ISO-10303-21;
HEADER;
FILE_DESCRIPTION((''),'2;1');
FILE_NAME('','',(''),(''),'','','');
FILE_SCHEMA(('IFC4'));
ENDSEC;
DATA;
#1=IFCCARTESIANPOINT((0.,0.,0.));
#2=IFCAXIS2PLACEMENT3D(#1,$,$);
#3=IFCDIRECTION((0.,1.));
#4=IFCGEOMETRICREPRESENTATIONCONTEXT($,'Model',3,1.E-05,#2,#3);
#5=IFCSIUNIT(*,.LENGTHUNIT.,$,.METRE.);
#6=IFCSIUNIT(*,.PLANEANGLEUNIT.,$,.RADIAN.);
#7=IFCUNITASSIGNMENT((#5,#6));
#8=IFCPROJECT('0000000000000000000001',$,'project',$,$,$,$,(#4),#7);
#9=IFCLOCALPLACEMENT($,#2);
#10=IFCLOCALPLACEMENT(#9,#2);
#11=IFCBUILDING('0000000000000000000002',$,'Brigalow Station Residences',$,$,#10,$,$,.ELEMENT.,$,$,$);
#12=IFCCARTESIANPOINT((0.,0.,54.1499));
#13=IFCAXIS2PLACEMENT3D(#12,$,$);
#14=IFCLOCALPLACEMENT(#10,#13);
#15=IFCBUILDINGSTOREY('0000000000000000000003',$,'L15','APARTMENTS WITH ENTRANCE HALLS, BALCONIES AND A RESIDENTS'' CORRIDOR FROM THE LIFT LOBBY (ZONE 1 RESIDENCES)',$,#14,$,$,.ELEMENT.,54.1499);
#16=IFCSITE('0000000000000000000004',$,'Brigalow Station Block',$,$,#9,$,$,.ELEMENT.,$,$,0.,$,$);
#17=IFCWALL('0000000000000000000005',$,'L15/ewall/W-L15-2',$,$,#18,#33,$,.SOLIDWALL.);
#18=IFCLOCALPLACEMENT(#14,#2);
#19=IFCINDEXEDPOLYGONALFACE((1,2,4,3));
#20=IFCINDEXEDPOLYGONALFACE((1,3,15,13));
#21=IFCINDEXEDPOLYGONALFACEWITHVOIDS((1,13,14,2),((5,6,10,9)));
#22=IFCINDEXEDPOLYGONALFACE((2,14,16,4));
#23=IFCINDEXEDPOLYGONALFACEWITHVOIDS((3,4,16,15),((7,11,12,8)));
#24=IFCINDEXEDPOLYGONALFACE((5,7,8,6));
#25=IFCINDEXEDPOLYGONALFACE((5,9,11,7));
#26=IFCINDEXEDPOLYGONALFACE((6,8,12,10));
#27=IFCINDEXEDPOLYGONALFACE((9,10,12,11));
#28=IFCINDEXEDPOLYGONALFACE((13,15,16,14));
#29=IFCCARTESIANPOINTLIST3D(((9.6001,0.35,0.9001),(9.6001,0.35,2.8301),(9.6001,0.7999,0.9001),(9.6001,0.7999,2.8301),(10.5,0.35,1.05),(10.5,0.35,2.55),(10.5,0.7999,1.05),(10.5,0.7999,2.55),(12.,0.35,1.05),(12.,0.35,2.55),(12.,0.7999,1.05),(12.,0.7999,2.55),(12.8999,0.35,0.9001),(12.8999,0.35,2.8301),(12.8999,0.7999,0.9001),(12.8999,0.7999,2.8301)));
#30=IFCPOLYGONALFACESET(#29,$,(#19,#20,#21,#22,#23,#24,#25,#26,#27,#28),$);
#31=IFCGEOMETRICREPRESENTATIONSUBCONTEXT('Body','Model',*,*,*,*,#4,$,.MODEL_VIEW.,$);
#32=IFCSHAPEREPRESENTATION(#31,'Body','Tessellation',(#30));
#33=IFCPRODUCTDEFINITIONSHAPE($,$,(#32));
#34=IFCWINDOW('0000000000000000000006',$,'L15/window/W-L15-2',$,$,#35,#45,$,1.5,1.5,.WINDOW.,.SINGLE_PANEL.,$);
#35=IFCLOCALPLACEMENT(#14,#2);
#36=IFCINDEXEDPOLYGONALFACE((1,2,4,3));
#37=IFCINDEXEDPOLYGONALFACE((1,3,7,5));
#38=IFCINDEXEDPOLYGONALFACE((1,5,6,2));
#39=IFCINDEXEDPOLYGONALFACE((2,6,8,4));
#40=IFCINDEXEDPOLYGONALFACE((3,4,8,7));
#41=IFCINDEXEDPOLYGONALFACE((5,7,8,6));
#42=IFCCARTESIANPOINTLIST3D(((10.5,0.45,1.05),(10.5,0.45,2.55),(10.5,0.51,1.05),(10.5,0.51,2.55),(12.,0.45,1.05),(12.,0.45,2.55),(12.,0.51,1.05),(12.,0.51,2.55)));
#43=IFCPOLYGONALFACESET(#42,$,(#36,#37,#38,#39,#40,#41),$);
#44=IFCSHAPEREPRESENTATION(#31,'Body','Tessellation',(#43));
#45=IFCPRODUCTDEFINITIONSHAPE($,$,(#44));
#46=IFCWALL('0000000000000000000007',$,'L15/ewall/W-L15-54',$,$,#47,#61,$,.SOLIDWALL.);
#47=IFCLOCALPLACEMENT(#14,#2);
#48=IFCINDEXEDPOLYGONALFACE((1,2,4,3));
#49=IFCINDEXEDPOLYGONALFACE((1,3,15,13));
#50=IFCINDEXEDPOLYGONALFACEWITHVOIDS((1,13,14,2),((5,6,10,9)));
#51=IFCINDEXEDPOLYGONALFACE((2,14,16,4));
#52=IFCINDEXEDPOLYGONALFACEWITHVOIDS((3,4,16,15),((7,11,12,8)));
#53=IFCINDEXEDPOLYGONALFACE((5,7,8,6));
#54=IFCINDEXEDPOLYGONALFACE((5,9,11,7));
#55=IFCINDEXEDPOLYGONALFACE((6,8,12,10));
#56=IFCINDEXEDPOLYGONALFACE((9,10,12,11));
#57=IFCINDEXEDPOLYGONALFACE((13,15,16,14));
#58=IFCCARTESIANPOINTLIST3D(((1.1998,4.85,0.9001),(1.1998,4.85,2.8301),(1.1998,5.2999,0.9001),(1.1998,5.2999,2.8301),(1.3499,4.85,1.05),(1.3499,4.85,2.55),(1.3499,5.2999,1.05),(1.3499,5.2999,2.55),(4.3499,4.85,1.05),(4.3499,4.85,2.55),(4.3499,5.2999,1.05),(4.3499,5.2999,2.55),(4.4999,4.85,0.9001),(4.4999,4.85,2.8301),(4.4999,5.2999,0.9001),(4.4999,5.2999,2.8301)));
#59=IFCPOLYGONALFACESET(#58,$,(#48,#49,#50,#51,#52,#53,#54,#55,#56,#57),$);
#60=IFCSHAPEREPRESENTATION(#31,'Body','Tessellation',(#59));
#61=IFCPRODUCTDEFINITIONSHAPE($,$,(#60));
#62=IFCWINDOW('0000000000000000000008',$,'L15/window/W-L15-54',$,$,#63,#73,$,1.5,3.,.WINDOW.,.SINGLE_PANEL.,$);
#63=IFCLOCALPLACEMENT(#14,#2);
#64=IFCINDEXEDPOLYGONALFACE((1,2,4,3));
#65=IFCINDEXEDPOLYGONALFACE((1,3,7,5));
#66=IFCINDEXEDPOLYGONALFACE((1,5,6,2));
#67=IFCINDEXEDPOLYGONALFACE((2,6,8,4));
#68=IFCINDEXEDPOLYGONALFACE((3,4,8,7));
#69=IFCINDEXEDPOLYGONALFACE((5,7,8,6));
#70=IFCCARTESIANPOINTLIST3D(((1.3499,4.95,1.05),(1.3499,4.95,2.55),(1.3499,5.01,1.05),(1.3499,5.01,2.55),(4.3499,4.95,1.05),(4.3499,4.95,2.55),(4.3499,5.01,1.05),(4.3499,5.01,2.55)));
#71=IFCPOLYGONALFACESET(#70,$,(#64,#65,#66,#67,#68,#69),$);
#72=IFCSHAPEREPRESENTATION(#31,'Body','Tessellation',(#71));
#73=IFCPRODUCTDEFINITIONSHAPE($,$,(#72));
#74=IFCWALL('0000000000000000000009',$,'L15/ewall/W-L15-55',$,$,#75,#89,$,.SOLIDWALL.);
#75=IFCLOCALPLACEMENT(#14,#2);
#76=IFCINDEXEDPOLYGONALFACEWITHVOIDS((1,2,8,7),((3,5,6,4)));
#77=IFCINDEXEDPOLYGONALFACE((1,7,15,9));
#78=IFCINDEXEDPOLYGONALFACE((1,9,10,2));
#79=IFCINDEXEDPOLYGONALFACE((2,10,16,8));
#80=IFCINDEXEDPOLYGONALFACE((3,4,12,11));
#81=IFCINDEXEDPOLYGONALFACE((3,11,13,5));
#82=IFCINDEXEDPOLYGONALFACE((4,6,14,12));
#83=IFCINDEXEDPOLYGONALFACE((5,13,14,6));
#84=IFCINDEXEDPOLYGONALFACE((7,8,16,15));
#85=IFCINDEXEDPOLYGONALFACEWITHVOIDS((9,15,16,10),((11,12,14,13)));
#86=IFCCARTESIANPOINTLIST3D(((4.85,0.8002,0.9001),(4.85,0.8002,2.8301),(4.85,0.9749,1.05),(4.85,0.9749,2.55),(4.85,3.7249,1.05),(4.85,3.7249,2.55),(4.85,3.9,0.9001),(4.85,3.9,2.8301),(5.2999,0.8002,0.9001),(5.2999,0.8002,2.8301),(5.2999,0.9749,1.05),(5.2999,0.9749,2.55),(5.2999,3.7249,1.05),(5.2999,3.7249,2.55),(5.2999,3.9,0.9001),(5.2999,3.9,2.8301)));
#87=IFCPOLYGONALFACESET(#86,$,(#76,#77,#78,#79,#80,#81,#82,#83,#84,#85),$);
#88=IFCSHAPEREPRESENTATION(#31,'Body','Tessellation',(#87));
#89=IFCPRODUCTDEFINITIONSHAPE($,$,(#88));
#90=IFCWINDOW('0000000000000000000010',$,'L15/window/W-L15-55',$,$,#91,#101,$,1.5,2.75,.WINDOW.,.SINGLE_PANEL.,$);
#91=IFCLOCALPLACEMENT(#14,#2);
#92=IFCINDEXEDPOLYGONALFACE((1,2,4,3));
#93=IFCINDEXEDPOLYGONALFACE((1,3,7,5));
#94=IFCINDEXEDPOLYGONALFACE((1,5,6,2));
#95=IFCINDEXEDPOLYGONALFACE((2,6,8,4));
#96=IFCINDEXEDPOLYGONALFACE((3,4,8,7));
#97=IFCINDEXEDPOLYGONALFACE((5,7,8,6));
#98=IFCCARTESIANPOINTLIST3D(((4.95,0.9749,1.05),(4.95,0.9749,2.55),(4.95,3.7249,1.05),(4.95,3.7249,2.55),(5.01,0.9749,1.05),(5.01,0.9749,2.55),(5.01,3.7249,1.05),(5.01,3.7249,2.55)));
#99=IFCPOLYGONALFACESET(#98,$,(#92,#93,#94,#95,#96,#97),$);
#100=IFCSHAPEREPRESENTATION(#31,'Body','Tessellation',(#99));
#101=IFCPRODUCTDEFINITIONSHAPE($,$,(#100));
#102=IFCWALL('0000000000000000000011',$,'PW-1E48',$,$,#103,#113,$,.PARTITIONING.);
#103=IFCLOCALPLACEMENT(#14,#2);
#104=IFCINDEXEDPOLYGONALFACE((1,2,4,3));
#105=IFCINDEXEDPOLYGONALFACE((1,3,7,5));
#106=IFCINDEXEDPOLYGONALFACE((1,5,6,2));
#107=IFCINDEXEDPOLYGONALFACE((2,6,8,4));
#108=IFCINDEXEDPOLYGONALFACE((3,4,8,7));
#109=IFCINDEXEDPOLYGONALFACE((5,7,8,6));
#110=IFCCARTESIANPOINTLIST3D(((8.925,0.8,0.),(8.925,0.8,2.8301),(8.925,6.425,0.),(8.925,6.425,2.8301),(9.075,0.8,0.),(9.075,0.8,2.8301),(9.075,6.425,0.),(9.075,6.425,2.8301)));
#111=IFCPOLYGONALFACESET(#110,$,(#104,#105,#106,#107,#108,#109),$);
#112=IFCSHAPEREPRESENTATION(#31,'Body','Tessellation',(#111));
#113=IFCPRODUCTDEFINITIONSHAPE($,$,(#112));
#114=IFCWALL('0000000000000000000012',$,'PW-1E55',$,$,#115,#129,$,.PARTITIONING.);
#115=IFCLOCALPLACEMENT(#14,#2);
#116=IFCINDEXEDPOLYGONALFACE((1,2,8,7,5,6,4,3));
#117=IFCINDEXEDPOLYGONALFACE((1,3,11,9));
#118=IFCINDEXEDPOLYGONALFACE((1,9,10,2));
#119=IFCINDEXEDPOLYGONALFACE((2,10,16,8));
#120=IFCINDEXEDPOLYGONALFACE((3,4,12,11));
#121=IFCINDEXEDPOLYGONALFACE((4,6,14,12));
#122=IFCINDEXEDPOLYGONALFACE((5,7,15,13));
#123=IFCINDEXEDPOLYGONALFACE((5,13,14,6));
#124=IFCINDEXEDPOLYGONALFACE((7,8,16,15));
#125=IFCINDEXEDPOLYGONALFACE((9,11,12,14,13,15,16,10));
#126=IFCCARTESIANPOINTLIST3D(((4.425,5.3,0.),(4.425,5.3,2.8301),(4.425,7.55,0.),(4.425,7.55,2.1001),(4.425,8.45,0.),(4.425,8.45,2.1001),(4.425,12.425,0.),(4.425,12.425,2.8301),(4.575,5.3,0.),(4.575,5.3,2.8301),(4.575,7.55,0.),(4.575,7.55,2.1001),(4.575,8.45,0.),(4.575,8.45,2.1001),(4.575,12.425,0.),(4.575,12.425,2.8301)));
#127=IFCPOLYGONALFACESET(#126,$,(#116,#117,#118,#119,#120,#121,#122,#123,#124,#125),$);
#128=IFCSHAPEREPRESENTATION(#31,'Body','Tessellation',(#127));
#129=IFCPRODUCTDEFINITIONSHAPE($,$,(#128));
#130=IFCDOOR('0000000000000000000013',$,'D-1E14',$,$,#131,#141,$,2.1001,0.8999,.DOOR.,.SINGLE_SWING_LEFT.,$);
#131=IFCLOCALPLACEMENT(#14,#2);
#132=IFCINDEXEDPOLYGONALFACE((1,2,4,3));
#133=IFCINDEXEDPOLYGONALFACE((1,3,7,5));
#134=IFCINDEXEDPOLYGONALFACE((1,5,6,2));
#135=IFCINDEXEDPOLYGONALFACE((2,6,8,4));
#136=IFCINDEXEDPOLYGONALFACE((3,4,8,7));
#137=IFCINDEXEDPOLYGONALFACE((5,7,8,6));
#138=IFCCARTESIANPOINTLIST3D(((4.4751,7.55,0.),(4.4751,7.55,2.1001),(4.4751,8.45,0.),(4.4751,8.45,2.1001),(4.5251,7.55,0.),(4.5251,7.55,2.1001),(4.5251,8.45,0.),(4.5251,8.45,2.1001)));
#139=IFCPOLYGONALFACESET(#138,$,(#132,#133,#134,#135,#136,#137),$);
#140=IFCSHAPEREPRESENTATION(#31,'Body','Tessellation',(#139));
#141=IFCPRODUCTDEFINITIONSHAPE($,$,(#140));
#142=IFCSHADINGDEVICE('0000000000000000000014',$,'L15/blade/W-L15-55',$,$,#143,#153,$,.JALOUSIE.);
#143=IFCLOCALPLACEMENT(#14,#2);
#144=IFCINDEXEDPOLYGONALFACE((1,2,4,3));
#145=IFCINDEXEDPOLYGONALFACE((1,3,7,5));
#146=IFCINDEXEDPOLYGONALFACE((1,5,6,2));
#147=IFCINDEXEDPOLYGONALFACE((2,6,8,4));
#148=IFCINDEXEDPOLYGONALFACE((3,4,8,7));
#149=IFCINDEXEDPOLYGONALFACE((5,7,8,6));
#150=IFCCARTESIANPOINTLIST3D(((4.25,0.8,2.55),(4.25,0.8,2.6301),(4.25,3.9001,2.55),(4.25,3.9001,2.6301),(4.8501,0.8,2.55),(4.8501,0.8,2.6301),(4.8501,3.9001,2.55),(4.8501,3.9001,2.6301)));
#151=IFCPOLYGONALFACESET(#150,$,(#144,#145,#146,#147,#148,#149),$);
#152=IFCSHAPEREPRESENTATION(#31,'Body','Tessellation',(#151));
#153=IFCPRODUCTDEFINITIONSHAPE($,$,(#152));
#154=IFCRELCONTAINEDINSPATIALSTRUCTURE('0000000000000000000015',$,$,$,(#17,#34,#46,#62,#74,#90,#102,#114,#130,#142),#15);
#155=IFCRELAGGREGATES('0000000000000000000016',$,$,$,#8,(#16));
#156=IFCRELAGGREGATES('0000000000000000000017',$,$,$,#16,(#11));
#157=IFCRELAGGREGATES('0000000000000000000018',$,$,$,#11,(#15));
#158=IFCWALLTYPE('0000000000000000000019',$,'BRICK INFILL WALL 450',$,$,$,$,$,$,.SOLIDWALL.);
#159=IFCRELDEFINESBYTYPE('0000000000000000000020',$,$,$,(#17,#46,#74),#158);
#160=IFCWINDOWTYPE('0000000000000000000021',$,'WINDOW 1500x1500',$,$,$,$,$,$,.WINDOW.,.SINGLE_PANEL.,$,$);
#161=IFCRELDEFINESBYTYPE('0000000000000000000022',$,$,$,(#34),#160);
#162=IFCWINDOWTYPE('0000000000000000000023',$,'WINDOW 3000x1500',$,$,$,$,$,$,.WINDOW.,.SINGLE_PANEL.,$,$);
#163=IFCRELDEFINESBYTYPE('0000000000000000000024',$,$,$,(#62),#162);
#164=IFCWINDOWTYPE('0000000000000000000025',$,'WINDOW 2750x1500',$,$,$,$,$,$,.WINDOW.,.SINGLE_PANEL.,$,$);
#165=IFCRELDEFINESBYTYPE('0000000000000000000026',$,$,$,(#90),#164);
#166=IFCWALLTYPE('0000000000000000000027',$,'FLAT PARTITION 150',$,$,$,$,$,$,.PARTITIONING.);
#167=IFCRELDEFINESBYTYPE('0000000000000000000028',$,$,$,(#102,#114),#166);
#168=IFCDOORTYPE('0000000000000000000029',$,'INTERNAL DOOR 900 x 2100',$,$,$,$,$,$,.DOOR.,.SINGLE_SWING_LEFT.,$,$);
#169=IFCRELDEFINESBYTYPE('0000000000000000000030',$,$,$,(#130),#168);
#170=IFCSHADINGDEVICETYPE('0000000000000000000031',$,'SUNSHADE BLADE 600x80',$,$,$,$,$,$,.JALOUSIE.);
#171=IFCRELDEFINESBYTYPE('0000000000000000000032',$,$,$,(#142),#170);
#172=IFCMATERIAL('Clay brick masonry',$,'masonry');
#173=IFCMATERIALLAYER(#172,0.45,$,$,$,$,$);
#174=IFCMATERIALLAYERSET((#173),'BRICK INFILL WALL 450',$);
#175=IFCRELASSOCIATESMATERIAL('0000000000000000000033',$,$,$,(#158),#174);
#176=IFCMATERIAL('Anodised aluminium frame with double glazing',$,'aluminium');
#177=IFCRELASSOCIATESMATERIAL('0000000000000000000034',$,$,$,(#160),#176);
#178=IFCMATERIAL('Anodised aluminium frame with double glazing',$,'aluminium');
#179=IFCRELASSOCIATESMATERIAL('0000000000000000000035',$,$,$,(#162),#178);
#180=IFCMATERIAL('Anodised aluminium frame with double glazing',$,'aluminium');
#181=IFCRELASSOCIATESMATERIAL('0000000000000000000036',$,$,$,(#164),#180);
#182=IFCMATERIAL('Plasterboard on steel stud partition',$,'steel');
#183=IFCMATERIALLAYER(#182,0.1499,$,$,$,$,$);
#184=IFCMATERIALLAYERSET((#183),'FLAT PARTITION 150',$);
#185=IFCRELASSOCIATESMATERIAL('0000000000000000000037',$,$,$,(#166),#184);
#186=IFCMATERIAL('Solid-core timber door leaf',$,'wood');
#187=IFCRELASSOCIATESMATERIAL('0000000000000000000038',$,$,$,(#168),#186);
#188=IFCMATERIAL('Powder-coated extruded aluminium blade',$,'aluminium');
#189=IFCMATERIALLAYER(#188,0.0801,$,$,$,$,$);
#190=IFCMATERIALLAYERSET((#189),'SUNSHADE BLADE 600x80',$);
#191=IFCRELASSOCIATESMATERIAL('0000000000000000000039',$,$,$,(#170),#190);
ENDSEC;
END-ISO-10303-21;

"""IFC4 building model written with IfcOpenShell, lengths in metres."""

from ifc_helpers import new_model, si_unit, direction, frame, frame_2d, origin, origin_2d, place, context, subcontext, project, spatial, rectangle, extrude, material, layer, layer_set, type_object, element, fill, save


model = new_model("IFC4")

# Units and contexts
model_context = context("Model", 3, precision=1e-05, world=origin(), true_north=direction((0.0, 1.0)))
body_context = subcontext(model_context, "Body", "Model", "MODEL_VIEW")
ifc_project = project(units=[si_unit("LENGTHUNIT", "METRE"), si_unit("PLANEANGLEUNIT", "RADIAN")], contexts=[model_context])

# Site, building, storey
site_placement = place(None, origin())
site = spatial("IfcSite", under=ifc_project, at=site_placement, Name="Brigalow Station Block", CompositionType="ELEMENT", RefElevation=0.0)
building_placement = place(site_placement, origin())
building = spatial("IfcBuilding", under=site, at=building_placement, Name="Brigalow Station Residences", CompositionType="ELEMENT")
storey_placement = place(building_placement, frame((0.0, 0.0, 54.1499)))
storey = spatial("IfcBuildingStorey", under=building, at=storey_placement, Name="L15", Description="APARTMENTS WITH ENTRANCE HALLS, BALCONIES AND A RESIDENTS' CORRIDOR FROM THE LIFT LOBBY (ZONE 1 RESIDENCES)", CompositionType="ELEMENT", Elevation=54.1499)

# Walls, openings, windows
ifc_material_1 = material(Name="Clay brick masonry", Category="masonry")
ifc_layer_1 = layer(ifc_material_1, 0.45)
ifc_layer_set_1 = layer_set([ifc_layer_1], Name="BRICK INFILL WALL 450")
wall_type_1 = type_object("IfcWallType", Name="BRICK INFILL WALL 450", PredefinedType="SOLIDWALL", material=ifc_layer_set_1)
ifc_material_2 = material(Name="Anodised aluminium frame with double glazing", Category="aluminium")
window_type_1 = type_object("IfcWindowType", Name="WINDOW 1500x1500", PartitioningType="SINGLE_PANEL", PredefinedType="WINDOW", material=ifc_material_2)
wall_1_placement = place(storey_placement, frame((9.6001, 0.575, 0.9001), z_axis=(0.0, 0.0, 1.0), x_axis=(1.0, 0.0, 0.0)))
wall_1 = element("IfcWall", 1, at=wall_1_placement, inside=storey, type_object=wall_type_1, Name="L15/ewall/W-L15-2", PredefinedType="SOLIDWALL", context=body_context, shape_type="SweptSolid", body=[
    extrude(rectangle(XDim=3.2998, YDim=0.45, at=frame_2d((1.6499, 0.0))), origin(), (0.0, 0.0, 1.0), 1.9299),
])
opening_1_placement = place(wall_1_placement, frame((0.8999, 0.0, 0.1499)))
opening_1 = element("IfcOpeningElement", 2, at=opening_1_placement, cuts=wall_1, PredefinedType="OPENING", context=body_context, shape_type="SweptSolid", body=[
    extrude(rectangle(XDim=1.5, YDim=1.5, at=frame_2d((0.75, 0.75))), frame((0.0, 0.2349, 0.0), z_axis=(0.0, -1.0, 0.0), x_axis=(1.0, 0.0, 0.0)), (0.0, 0.0, 1.0), 0.47),
])
window_1_placement = place(opening_1_placement, origin())
window_1 = element("IfcWindow", 3, at=window_1_placement, inside=storey, type_object=window_type_1, Name="L15/window/W-L15-2", OverallHeight=1.5, OverallWidth=1.5, PartitioningType="SINGLE_PANEL", PredefinedType="WINDOW", context=body_context, shape_type="SweptSolid", body=[
    extrude(rectangle(XDim=1.5, YDim=1.5, at=frame_2d((0.75, 0.75))), frame((0.0, -0.0649, 0.0), z_axis=(0.0, -1.0, 0.0), x_axis=(1.0, 0.0, 0.0)), (0.0, 0.0, 1.0), 0.0601),
])
fill(opening_1, window_1)
wall_2_placement = place(storey_placement, frame((1.2, 5.075, 0.9001), z_axis=(0.0, 0.0, 1.0), x_axis=(1.0, 0.0, 0.0)))
wall_2 = element("IfcWall", 4, at=wall_2_placement, inside=storey, type_object=wall_type_1, Name="L15/ewall/W-L15-54", PredefinedType="SOLIDWALL", context=body_context, shape_type="SweptSolid", body=[
    extrude(rectangle(XDim=3.3, YDim=0.45, at=frame_2d((1.6499, 0.0))), origin(), (0.0, 0.0, 1.0), 1.9299),
])
opening_2_placement = place(wall_2_placement, frame((0.1499, 0.0, 0.1499)))
opening_2 = element("IfcOpeningElement", 5, at=opening_2_placement, cuts=wall_2, PredefinedType="OPENING", context=body_context, shape_type="SweptSolid", body=[
    extrude(rectangle(XDim=3.0, YDim=1.5, at=frame_2d((1.5, 0.75))), frame((0.0, 0.2349, 0.0), z_axis=(0.0, -1.0, 0.0), x_axis=(1.0, 0.0, 0.0)), (0.0, 0.0, 1.0), 0.47),
])
ifc_material_3 = material(Name="Anodised aluminium frame with double glazing", Category="aluminium")
window_type_2 = type_object("IfcWindowType", Name="WINDOW 3000x1500", PartitioningType="SINGLE_PANEL", PredefinedType="WINDOW", material=ifc_material_3)
window_2_placement = place(opening_2_placement, origin())
window_2 = element("IfcWindow", 6, at=window_2_placement, inside=storey, type_object=window_type_2, Name="L15/window/W-L15-54", OverallHeight=1.5, OverallWidth=3.0, PartitioningType="SINGLE_PANEL", PredefinedType="WINDOW", context=body_context, shape_type="SweptSolid", body=[
    extrude(rectangle(XDim=3.0, YDim=1.5, at=frame_2d((1.5, 0.75))), frame((0.0, -0.0649, 0.0), z_axis=(0.0, -1.0, 0.0), x_axis=(1.0, 0.0, 0.0)), (0.0, 0.0, 1.0), 0.0601),
])
fill(opening_2, window_2)
wall_3_placement = place(storey_placement, frame((5.075, 3.8999, 0.9001), z_axis=(0.0, 0.0, 1.0), x_axis=(0.0, -1.0, 0.0)))
wall_3 = element("IfcWall", 7, at=wall_3_placement, inside=storey, type_object=wall_type_1, Name="L15/ewall/W-L15-55", PredefinedType="SOLIDWALL", context=body_context, shape_type="SweptSolid", body=[
    extrude(rectangle(XDim=3.0999, YDim=0.45, at=frame_2d((1.5498, 0.0))), origin(), (0.0, 0.0, 1.0), 1.9299),
])
opening_3_placement = place(wall_3_placement, frame((0.175, 0.0, 0.1499)))
opening_3 = element("IfcOpeningElement", 8, at=opening_3_placement, cuts=wall_3, PredefinedType="OPENING", context=body_context, shape_type="SweptSolid", body=[
    extrude(rectangle(XDim=2.75, YDim=1.5, at=frame_2d((1.375, 0.75))), frame((0.0, 0.2349, 0.0), z_axis=(0.0, -1.0, 0.0), x_axis=(1.0, 0.0, 0.0)), (0.0, 0.0, 1.0), 0.47),
])
ifc_material_4 = material(Name="Anodised aluminium frame with double glazing", Category="aluminium")
window_type_3 = type_object("IfcWindowType", Name="WINDOW 2750x1500", PartitioningType="SINGLE_PANEL", PredefinedType="WINDOW", material=ifc_material_4)
window_3_placement = place(opening_3_placement, origin())
window_3 = element("IfcWindow", 9, at=window_3_placement, inside=storey, type_object=window_type_3, Name="L15/window/W-L15-55", OverallHeight=1.5, OverallWidth=2.75, PartitioningType="SINGLE_PANEL", PredefinedType="WINDOW", context=body_context, shape_type="SweptSolid", body=[
    extrude(rectangle(XDim=2.75, YDim=1.5, at=frame_2d((1.375, 0.75))), frame((0.0, -0.0649, 0.0), z_axis=(0.0, -1.0, 0.0), x_axis=(1.0, 0.0, 0.0)), (0.0, 0.0, 1.0), 0.0601),
])
fill(opening_3, window_3)

# Wall
ifc_material_5 = material(Name="Plasterboard on steel stud partition", Category="steel")
ifc_layer_2 = layer(ifc_material_5, 0.1499)
ifc_layer_set_2 = layer_set([ifc_layer_2], Name="FLAT PARTITION 150")
wall_type_2 = type_object("IfcWallType", Name="FLAT PARTITION 150", PredefinedType="PARTITIONING", material=ifc_layer_set_2)
wall_4_placement = place(storey_placement, frame((9.0, 0.8, 0.0), z_axis=(0.0, 0.0, 1.0), x_axis=(0.0, 1.0, 0.0)))
element("IfcWall", 10, at=wall_4_placement, inside=storey, type_object=wall_type_2, Name="PW-1E48", PredefinedType="PARTITIONING", context=body_context, shape_type="SweptSolid", body=[
    extrude(rectangle(XDim=5.625, YDim=0.1499, at=frame_2d((2.8125, 0.0))), origin(), (0.0, 0.0, 1.0), 2.8301),
])

# Wall, opening, door
wall_5_placement = place(storey_placement, frame((4.5, 5.3, 0.0), z_axis=(0.0, 0.0, 1.0), x_axis=(0.0, 1.0, 0.0)))
wall_5 = element("IfcWall", 11, at=wall_5_placement, inside=storey, type_object=wall_type_2, Name="PW-1E55", PredefinedType="PARTITIONING", context=body_context, shape_type="SweptSolid", body=[
    extrude(rectangle(XDim=7.125, YDim=0.1499, at=frame_2d((3.5625, 0.0))), origin(), (0.0, 0.0, 1.0), 2.8301),
])
opening_4_placement = place(wall_5_placement, frame((2.25, 0.0, 0.0)))
opening_4 = element("IfcOpeningElement", 12, at=opening_4_placement, cuts=wall_5, PredefinedType="OPENING", context=body_context, shape_type="SweptSolid", body=[
    extrude(rectangle(XDim=0.8999, YDim=2.1001, at=frame_2d((0.45, 1.05))), frame((0.0, 0.085, 0.0), z_axis=(0.0, -1.0, 0.0), x_axis=(1.0, 0.0, 0.0)), (0.0, 0.0, 1.0), 0.1699),
])
ifc_material_6 = material(Name="Solid-core timber door leaf", Category="wood")
door_type = type_object("IfcDoorType", Name="INTERNAL DOOR 900 x 2100", OperationType="SINGLE_SWING_LEFT", PredefinedType="DOOR", material=ifc_material_6)
door_placement = place(opening_4_placement, origin())
door = element("IfcDoor", 13, at=door_placement, inside=storey, type_object=door_type, Name="D-1E14", OperationType="SINGLE_SWING_LEFT", OverallHeight=2.1001, OverallWidth=0.8999, PredefinedType="DOOR", context=body_context, shape_type="SweptSolid", body=[
    extrude(rectangle(XDim=0.8999, YDim=2.1001, at=frame_2d((0.45, 1.05))), frame((0.0, 0.0249, 0.0), z_axis=(0.0, -1.0, 0.0), x_axis=(1.0, 0.0, 0.0)), (0.0, 0.0, 1.0), 0.05),
])
fill(opening_4, door)

# Shading device
ifc_material_7 = material(Name="Powder-coated extruded aluminium blade", Category="aluminium")
ifc_layer_3 = layer(ifc_material_7, 0.0801)
ifc_layer_set_3 = layer_set([ifc_layer_3], Name="SUNSHADE BLADE 600x80")
shading_device_type = type_object("IfcShadingDeviceType", Name="SUNSHADE BLADE 600x80", PredefinedType="JALOUSIE", material=ifc_layer_set_3)
shading_device_placement = place(storey_placement, frame((4.55, 2.3501, 2.55), z_axis=(0.0, 0.0, 1.0), x_axis=(0.0, -1.0, 0.0)))
element("IfcShadingDevice", 14, at=shading_device_placement, inside=storey, type_object=shading_device_type, Name="L15/blade/W-L15-55", PredefinedType="JALOUSIE", context=body_context, shape_type="SweptSolid", body=[
    extrude(rectangle(XDim=3.1001, YDim=0.6001, at=origin_2d()), origin(), (0.0, 0.0, 1.0), 0.0801),
])

save(model, "model.ifc")
